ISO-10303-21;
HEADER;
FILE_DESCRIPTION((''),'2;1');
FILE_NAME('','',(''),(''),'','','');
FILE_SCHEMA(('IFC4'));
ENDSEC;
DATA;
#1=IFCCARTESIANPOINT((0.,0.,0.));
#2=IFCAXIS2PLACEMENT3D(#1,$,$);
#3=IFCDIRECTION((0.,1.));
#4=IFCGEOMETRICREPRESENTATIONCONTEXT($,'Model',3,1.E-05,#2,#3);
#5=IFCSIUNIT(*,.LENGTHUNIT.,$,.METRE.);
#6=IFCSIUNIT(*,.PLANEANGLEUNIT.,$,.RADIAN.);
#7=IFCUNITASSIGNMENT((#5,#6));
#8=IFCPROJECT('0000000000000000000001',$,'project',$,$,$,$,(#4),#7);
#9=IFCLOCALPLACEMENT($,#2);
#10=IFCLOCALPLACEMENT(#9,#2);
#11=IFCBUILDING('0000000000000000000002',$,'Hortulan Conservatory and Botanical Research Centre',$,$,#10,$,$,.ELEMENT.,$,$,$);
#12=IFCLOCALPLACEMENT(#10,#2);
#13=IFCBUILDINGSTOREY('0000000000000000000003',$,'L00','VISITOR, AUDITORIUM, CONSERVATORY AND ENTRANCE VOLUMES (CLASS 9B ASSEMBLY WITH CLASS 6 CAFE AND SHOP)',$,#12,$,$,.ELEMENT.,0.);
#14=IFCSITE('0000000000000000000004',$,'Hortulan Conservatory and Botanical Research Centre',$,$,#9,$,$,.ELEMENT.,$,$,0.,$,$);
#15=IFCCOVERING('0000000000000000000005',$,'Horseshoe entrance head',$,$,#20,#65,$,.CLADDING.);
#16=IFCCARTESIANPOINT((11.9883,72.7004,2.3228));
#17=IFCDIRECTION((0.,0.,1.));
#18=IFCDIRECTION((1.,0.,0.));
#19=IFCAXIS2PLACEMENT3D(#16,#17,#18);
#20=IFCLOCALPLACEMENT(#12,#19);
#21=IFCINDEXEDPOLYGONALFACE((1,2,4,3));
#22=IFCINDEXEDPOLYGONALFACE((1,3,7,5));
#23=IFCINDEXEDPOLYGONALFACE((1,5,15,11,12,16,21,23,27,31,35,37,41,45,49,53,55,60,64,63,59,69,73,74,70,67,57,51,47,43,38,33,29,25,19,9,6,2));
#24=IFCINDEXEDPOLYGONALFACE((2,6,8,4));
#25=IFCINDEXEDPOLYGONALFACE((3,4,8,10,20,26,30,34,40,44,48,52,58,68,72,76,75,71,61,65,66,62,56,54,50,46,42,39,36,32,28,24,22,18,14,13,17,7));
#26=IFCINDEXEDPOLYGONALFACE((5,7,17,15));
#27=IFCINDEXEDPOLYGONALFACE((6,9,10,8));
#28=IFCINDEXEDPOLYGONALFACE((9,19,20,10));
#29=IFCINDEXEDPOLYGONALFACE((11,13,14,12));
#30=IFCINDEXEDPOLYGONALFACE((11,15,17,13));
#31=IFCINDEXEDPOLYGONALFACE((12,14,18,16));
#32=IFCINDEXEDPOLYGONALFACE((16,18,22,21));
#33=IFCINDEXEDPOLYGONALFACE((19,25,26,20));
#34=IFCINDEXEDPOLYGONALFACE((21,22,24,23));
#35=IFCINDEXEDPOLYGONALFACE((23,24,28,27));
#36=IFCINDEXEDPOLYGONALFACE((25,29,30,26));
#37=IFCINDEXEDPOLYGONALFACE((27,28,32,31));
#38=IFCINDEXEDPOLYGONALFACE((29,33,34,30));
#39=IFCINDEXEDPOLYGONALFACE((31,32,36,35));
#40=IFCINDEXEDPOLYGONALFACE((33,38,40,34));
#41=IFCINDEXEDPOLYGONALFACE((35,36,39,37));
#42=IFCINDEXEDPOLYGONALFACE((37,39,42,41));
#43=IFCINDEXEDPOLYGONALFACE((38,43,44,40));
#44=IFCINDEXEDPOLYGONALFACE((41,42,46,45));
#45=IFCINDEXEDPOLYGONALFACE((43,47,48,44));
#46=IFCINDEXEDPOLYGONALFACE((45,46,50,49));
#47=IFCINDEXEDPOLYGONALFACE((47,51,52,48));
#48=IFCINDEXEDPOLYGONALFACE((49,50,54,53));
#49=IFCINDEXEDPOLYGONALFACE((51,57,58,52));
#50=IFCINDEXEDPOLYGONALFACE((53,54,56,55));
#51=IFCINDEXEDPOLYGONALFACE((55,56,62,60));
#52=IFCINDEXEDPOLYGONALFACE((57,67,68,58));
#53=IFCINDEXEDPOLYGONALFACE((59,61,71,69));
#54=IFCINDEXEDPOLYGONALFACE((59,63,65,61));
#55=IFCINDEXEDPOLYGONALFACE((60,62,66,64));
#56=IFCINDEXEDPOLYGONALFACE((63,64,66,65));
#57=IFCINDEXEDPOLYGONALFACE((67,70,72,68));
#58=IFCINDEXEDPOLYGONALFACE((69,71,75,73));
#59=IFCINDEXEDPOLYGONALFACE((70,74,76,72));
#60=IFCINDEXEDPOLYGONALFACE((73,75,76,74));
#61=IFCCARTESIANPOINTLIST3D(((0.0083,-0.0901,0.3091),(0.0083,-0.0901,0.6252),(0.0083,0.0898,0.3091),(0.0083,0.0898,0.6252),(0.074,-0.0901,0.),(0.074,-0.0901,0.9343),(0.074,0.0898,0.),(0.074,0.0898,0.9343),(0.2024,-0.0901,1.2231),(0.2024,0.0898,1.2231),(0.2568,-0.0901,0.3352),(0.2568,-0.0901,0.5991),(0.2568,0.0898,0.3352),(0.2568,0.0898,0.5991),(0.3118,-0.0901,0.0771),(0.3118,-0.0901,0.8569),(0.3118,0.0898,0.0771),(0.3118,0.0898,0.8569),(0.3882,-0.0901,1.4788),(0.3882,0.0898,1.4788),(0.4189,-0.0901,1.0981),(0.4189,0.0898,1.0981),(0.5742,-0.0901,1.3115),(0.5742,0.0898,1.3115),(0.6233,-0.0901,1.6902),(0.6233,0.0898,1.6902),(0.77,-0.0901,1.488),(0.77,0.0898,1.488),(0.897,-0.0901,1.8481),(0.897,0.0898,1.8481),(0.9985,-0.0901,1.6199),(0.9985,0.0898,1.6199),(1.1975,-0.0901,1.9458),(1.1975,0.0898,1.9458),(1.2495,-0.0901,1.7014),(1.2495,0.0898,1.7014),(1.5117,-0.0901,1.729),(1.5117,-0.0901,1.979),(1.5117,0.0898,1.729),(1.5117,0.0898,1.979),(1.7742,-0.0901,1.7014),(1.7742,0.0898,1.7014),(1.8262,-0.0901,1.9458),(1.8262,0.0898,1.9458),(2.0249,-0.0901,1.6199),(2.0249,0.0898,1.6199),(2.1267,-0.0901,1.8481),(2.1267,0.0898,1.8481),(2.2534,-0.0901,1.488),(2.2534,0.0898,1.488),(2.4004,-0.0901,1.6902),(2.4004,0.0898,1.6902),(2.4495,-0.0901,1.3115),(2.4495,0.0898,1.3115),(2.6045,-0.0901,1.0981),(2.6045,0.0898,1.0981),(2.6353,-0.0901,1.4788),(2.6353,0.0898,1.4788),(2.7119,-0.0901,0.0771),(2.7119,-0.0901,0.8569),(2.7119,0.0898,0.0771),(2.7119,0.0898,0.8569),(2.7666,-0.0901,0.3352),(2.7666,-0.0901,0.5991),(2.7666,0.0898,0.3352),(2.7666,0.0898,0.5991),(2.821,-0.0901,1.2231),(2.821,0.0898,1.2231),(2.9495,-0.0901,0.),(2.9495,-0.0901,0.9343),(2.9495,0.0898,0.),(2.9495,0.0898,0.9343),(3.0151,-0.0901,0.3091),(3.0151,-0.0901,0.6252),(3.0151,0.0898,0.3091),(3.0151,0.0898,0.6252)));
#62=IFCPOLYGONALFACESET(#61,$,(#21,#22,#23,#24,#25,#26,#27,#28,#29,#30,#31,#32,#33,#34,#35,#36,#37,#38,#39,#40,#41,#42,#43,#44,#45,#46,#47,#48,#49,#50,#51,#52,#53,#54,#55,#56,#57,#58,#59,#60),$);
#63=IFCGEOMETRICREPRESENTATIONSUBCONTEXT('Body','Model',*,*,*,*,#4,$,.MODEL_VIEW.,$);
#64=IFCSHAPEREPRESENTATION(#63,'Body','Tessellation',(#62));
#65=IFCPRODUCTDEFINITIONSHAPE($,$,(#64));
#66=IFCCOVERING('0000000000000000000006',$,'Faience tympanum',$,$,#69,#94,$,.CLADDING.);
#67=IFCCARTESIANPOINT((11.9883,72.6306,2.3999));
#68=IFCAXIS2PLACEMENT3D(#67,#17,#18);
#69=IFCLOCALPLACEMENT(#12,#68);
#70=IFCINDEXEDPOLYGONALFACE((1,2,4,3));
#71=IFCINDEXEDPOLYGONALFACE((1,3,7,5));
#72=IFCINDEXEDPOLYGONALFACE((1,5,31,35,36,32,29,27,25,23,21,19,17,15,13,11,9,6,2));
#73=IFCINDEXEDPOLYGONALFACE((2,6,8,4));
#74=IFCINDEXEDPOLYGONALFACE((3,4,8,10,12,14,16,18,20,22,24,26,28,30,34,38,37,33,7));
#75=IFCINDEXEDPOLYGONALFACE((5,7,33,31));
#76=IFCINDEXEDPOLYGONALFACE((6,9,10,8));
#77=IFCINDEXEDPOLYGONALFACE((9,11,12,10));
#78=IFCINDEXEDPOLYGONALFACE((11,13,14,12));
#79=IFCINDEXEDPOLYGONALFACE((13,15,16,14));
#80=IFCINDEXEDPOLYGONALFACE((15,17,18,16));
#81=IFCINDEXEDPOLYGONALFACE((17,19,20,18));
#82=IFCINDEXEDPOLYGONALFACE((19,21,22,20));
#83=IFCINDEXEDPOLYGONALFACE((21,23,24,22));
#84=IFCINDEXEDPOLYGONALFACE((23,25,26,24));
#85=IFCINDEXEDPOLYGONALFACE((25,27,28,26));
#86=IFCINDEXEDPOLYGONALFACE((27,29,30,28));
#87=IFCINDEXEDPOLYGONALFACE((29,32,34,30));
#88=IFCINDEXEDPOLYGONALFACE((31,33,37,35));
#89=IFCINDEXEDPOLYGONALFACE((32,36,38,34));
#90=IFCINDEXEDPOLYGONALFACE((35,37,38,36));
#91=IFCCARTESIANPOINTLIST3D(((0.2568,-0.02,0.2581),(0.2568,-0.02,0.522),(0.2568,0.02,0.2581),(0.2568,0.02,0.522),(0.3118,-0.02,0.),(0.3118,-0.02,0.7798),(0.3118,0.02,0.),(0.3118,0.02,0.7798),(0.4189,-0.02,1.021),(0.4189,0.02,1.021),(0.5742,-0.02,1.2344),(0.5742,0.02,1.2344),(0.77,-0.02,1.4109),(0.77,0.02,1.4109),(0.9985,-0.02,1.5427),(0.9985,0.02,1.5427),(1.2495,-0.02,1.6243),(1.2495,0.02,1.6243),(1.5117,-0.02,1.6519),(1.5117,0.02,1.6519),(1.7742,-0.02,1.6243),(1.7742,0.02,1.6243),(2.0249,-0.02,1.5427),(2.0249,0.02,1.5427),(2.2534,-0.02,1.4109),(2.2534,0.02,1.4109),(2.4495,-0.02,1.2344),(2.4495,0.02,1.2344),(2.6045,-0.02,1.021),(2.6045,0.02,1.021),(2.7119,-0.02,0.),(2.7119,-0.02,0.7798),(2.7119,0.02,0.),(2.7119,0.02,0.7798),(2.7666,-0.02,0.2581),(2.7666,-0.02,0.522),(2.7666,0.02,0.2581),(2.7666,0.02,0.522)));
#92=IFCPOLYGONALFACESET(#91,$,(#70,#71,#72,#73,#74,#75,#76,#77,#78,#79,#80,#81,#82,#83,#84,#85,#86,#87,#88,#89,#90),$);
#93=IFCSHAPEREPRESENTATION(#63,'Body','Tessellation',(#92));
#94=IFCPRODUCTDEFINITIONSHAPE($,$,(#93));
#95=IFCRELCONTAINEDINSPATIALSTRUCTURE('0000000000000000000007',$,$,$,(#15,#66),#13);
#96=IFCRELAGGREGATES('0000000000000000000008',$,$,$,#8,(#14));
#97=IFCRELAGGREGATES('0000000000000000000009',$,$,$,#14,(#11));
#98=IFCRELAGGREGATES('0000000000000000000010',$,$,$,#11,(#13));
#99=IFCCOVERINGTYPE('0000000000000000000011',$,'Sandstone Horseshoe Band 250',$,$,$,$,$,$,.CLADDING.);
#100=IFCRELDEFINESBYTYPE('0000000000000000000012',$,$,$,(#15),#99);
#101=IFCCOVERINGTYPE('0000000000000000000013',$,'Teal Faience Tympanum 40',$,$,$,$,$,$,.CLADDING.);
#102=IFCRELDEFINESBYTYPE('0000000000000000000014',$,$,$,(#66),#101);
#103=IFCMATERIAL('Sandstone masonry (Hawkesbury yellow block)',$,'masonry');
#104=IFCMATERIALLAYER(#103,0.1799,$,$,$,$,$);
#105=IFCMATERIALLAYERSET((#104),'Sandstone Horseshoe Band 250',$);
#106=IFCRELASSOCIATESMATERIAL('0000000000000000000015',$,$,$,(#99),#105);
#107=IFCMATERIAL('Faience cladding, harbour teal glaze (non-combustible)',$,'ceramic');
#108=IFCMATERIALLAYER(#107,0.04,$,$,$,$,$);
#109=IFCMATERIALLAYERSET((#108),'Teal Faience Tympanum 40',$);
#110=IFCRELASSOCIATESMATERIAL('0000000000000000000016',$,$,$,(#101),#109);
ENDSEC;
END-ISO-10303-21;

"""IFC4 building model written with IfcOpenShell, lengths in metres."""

from ifc_helpers import new_model, si_unit, direction, frame, origin, place, context, subcontext, project, spatial, polyline, outline, extrude, material, layer, layer_set, type_object, element, save


model = new_model("IFC4")

# Units and contexts
model_context = context("Model", 3, precision=1e-05, world=origin(), true_north=direction((0.0, 1.0)))
body_context = subcontext(model_context, "Body", "Model", "MODEL_VIEW")
ifc_project = project(units=[si_unit("LENGTHUNIT", "METRE"), si_unit("PLANEANGLEUNIT", "RADIAN")], contexts=[model_context])

# Site, building, storey
site_placement = place(None, origin())
site = spatial("IfcSite", under=ifc_project, at=site_placement, Name="Hortulan Conservatory and Botanical Research Centre", CompositionType="ELEMENT", RefElevation=0.0)
building_placement = place(site_placement, origin())
building = spatial("IfcBuilding", under=site, at=building_placement, Name="Hortulan Conservatory and Botanical Research Centre", CompositionType="ELEMENT")
storey_placement = place(building_placement, origin())
storey = spatial("IfcBuildingStorey", under=building, at=storey_placement, Name="L00", Description="VISITOR, AUDITORIUM, CONSERVATORY AND ENTRANCE VOLUMES (CLASS 9B ASSEMBLY WITH CLASS 6 CAFE AND SHOP)", CompositionType="ELEMENT", Elevation=0.0)

# Coverings
ifc_material_1 = material(Name="Sandstone masonry (Hawkesbury yellow block)", Category="masonry")
ifc_layer_1 = layer(ifc_material_1, 0.1799)
ifc_layer_set_1 = layer_set([ifc_layer_1], Name="Sandstone Horseshoe Band 250")
covering_type_1 = type_object("IfcCoveringType", Name="Sandstone Horseshoe Band 250", PredefinedType="CLADDING", material=ifc_layer_set_1)
covering_1_placement = place(storey_placement, frame((11.9883, 72.7004, 2.3228), z_axis=(0.0, 0.0, 1.0), x_axis=(1.0, 0.0, 0.0)))
element("IfcCovering", 1, at=covering_1_placement, inside=storey, type_object=covering_type_1, Name="Horseshoe entrance head", PredefinedType="CLADDING", context=body_context, shape_type="SweptSolid", body=[
    extrude(outline(polyline([(0.3118, 0.0771), (0.2568, 0.3352), (0.2568, 0.5991), (0.3118, 0.8569), (0.4189, 1.0981), (0.5742, 1.3115), (0.77, 1.488), (0.9985, 1.6199), (1.2495, 1.7014), (1.5117, 1.729), (1.7742, 1.7014), (2.0249, 1.6199), (2.2534, 1.488), (2.4495, 1.3115), (2.6045, 1.0981), (2.7119, 0.8569), (2.7666, 0.5991), (2.7666, 0.3352), (2.7119, 0.0771), (2.9495, 0.0), (3.0151, 0.3091), (3.0151, 0.6252), (2.9495, 0.9343), (2.821, 1.2231), (2.6353, 1.4788), (2.4004, 1.6902), (2.1267, 1.8481), (1.8262, 1.9458), (1.5117, 1.979), (1.1975, 1.9458), (0.897, 1.8481), (0.6233, 1.6902), (0.3882, 1.4788), (0.2024, 1.2231), (0.074, 0.9343), (0.0083, 0.6252), (0.0083, 0.3091), (0.074, 0.0), (0.3118, 0.0771)])), frame((0.0, 0.0898, 0.0), z_axis=(0.0, -1.0, 0.0), x_axis=(1.0, 0.0, 0.0)), (0.0, 0.0, 1.0), 0.1799),
])
ifc_material_2 = material(Name="Faience cladding, harbour teal glaze (non-combustible)", Category="ceramic")
ifc_layer_2 = layer(ifc_material_2, 0.04)
ifc_layer_set_2 = layer_set([ifc_layer_2], Name="Teal Faience Tympanum 40")
covering_type_2 = type_object("IfcCoveringType", Name="Teal Faience Tympanum 40", PredefinedType="CLADDING", material=ifc_layer_set_2)
covering_2_placement = place(storey_placement, frame((11.9883, 72.6306, 2.3999), z_axis=(0.0, 0.0, 1.0), x_axis=(1.0, 0.0, 0.0)))
element("IfcCovering", 2, at=covering_2_placement, inside=storey, type_object=covering_type_2, Name="Faience tympanum", PredefinedType="CLADDING", context=body_context, shape_type="SweptSolid", body=[
    extrude(outline(polyline([(0.3118, 0.0), (0.2568, 0.2581), (0.2568, 0.522), (0.3118, 0.7798), (0.4189, 1.021), (0.5742, 1.2344), (0.77, 1.4109), (0.9985, 1.5427), (1.2495, 1.6243), (1.5117, 1.6519), (1.7742, 1.6243), (2.0249, 1.5427), (2.2534, 1.4109), (2.4495, 1.2344), (2.6045, 1.021), (2.7119, 0.7798), (2.7666, 0.522), (2.7666, 0.2581), (2.7119, 0.0), (2.7119, 0.0), (0.3118, 0.0), (0.3118, 0.0)])), frame((0.0, 0.02, 0.0), z_axis=(0.0, -1.0, 0.0), x_axis=(1.0, 0.0, 0.0)), (0.0, 0.0, 1.0), 0.04),
])

save(model, "model.ifc")
